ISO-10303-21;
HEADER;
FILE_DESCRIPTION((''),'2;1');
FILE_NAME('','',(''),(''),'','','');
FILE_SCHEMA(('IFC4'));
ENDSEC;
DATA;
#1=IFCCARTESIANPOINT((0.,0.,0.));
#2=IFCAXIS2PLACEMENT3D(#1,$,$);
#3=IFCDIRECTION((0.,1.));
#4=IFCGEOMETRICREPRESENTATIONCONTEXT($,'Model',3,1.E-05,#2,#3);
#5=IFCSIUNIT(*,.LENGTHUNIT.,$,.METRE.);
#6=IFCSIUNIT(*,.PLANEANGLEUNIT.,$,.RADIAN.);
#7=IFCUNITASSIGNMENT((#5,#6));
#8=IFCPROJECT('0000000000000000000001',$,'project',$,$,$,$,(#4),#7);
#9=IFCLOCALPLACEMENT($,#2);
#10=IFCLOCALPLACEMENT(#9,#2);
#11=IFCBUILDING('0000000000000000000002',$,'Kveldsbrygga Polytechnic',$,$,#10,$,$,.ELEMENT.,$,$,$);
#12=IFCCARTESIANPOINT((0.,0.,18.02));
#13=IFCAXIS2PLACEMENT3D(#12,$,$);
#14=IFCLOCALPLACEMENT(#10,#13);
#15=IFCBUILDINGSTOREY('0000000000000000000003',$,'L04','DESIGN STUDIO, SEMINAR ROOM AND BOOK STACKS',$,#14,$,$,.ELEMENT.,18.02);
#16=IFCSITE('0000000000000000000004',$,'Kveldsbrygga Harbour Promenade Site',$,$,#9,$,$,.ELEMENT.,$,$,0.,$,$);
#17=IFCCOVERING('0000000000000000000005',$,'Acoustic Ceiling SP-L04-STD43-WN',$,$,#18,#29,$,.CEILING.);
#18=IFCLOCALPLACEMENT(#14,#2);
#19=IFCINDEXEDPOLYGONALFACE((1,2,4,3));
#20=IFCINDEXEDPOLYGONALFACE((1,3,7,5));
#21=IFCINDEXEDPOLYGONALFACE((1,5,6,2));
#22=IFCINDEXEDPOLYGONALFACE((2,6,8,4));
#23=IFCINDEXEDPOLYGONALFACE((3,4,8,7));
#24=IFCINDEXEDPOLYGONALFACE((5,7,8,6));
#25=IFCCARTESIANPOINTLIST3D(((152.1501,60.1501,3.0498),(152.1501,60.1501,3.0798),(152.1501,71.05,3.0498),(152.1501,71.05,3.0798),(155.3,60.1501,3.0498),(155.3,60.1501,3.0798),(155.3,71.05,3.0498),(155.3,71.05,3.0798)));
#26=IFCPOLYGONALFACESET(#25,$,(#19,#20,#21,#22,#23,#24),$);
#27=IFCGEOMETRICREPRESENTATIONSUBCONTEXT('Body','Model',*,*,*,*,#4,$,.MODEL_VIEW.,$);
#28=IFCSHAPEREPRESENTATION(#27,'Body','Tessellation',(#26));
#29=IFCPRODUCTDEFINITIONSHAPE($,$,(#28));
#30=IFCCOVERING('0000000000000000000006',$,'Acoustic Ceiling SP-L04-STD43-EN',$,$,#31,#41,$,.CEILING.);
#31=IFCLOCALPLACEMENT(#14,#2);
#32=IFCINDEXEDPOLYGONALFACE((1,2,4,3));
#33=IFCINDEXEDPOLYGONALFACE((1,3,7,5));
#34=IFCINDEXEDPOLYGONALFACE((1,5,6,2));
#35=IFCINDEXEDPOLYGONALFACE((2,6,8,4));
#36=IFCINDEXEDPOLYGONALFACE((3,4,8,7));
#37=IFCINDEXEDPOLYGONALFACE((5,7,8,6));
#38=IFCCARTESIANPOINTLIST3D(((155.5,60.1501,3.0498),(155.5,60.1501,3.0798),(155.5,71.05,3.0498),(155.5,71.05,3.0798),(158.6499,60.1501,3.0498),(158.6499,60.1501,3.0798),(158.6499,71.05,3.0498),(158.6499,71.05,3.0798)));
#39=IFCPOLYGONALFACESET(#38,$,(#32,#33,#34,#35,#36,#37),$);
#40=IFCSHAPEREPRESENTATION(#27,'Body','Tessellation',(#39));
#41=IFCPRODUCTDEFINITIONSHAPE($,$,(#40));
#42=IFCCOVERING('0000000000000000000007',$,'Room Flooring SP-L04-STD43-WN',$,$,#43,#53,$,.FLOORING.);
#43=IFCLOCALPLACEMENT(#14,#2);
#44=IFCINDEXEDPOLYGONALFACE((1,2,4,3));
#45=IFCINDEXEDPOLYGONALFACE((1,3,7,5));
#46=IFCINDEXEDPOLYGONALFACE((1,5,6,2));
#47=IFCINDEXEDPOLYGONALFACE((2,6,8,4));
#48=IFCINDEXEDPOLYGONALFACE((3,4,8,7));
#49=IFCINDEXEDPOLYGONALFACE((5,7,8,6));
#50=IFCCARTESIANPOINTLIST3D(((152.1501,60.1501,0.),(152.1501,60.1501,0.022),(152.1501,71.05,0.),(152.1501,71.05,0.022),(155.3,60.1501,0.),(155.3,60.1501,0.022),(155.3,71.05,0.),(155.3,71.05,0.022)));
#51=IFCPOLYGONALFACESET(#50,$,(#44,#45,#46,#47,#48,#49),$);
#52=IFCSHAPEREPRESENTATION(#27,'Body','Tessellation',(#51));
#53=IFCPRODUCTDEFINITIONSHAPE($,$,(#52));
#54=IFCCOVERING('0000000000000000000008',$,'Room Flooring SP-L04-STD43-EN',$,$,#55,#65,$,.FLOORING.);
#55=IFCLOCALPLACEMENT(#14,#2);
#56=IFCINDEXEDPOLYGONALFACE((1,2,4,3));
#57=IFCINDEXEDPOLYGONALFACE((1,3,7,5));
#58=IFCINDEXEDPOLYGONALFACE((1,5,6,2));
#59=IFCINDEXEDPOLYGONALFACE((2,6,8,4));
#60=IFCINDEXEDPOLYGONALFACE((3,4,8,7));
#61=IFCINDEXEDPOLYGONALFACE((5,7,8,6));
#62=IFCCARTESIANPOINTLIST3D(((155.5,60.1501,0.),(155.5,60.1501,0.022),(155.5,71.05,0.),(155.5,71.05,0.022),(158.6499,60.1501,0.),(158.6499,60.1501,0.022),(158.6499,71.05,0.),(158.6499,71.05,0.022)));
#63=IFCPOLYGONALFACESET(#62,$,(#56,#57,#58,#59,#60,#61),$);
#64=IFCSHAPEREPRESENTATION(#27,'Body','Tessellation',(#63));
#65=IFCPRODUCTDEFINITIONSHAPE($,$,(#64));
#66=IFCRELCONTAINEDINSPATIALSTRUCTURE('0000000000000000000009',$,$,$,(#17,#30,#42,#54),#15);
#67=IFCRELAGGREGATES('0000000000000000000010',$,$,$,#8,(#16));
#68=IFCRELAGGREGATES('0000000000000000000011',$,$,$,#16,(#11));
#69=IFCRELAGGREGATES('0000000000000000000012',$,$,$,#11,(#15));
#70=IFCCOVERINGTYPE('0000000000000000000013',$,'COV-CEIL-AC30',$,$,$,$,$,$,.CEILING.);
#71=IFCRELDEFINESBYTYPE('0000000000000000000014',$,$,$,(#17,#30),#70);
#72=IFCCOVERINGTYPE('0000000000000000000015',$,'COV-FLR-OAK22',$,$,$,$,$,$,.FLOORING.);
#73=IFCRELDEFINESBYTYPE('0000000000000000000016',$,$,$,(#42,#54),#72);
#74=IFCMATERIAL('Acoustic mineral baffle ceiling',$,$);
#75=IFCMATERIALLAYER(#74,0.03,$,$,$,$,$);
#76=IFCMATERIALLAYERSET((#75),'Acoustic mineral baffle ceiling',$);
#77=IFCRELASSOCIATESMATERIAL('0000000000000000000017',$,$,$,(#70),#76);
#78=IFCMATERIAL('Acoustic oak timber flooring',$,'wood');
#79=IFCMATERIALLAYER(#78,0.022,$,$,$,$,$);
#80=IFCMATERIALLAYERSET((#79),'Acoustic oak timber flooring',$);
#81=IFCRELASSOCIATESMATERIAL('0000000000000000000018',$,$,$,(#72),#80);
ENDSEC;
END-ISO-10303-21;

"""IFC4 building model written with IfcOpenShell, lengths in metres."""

from ifc_helpers import new_model, si_unit, direction, frame, origin, origin_2d, place, context, subcontext, project, spatial, rectangle, extrude, material, layer, layer_set, type_object, element, save


model = new_model("IFC4")

# Units and contexts
model_context = context("Model", 3, precision=1e-05, world=origin(), true_north=direction((0.0, 1.0)))
body_context = subcontext(model_context, "Body", "Model", "MODEL_VIEW")
ifc_project = project(units=[si_unit("LENGTHUNIT", "METRE"), si_unit("PLANEANGLEUNIT", "RADIAN")], contexts=[model_context])

# Site, building, storey
site_placement = place(None, origin())
site = spatial("IfcSite", under=ifc_project, at=site_placement, Name="Kveldsbrygga Harbour Promenade Site", CompositionType="ELEMENT", RefElevation=0.0)
building_placement = place(site_placement, origin())
building = spatial("IfcBuilding", under=site, at=building_placement, Name="Kveldsbrygga Polytechnic", CompositionType="ELEMENT")
storey_placement = place(building_placement, frame((0.0, 0.0, 18.02)))
storey = spatial("IfcBuildingStorey", under=building, at=storey_placement, Name="L04", Description="DESIGN STUDIO, SEMINAR ROOM AND BOOK STACKS", CompositionType="ELEMENT", Elevation=18.02)

# Coverings
ifc_material_1 = material(Name="Acoustic mineral baffle ceiling")
ifc_layer_1 = layer(ifc_material_1, 0.03)
ifc_layer_set_1 = layer_set([ifc_layer_1], Name="Acoustic mineral baffle ceiling")
covering_type_1 = type_object("IfcCoveringType", Name="COV-CEIL-AC30", PredefinedType="CEILING", material=ifc_layer_set_1)
for number, where, z_axis, x_axis, name in (
    (1, (153.7251, 65.6001, 3.0498), (0.0, 0.0, 1.0), (1.0, 0.0, 0.0), "Acoustic Ceiling SP-L04-STD43-WN"),
    (2, (157.075, 65.6001, 3.0498), (0.0, 0.0, 1.0), (1.0, 0.0, 0.0), "Acoustic Ceiling SP-L04-STD43-EN"),
):
    element("IfcCovering", number, at=place(storey_placement, frame(where, z_axis=z_axis, x_axis=x_axis)), inside=storey, type_object=covering_type_1, Name=name, PredefinedType="CEILING", context=body_context, shape_type="SweptSolid", body=[
        extrude(rectangle(XDim=3.1499, YDim=10.8999, at=origin_2d()), origin(), (0.0, 0.0, 1.0), 0.03),
    ])
ifc_material_2 = material(Name="Acoustic oak timber flooring", Category="wood")
ifc_layer_2 = layer(ifc_material_2, 0.022)
ifc_layer_set_2 = layer_set([ifc_layer_2], Name="Acoustic oak timber flooring")
covering_type_2 = type_object("IfcCoveringType", Name="COV-FLR-OAK22", PredefinedType="FLOORING", material=ifc_layer_set_2)
for number, where, z_axis, x_axis, name in (
    (3, (153.7251, 65.6001, 0.0), (0.0, 0.0, 1.0), (1.0, 0.0, 0.0), "Room Flooring SP-L04-STD43-WN"),
    (4, (157.075, 65.6001, 0.0), (0.0, 0.0, 1.0), (1.0, 0.0, 0.0), "Room Flooring SP-L04-STD43-EN"),
):
    element("IfcCovering", number, at=place(storey_placement, frame(where, z_axis=z_axis, x_axis=x_axis)), inside=storey, type_object=covering_type_2, Name=name, PredefinedType="FLOORING", context=body_context, shape_type="SweptSolid", body=[
        extrude(rectangle(XDim=3.1499, YDim=10.8999, at=origin_2d()), origin(), (0.0, 0.0, 1.0), 0.022),
    ])

save(model, "model.ifc")
